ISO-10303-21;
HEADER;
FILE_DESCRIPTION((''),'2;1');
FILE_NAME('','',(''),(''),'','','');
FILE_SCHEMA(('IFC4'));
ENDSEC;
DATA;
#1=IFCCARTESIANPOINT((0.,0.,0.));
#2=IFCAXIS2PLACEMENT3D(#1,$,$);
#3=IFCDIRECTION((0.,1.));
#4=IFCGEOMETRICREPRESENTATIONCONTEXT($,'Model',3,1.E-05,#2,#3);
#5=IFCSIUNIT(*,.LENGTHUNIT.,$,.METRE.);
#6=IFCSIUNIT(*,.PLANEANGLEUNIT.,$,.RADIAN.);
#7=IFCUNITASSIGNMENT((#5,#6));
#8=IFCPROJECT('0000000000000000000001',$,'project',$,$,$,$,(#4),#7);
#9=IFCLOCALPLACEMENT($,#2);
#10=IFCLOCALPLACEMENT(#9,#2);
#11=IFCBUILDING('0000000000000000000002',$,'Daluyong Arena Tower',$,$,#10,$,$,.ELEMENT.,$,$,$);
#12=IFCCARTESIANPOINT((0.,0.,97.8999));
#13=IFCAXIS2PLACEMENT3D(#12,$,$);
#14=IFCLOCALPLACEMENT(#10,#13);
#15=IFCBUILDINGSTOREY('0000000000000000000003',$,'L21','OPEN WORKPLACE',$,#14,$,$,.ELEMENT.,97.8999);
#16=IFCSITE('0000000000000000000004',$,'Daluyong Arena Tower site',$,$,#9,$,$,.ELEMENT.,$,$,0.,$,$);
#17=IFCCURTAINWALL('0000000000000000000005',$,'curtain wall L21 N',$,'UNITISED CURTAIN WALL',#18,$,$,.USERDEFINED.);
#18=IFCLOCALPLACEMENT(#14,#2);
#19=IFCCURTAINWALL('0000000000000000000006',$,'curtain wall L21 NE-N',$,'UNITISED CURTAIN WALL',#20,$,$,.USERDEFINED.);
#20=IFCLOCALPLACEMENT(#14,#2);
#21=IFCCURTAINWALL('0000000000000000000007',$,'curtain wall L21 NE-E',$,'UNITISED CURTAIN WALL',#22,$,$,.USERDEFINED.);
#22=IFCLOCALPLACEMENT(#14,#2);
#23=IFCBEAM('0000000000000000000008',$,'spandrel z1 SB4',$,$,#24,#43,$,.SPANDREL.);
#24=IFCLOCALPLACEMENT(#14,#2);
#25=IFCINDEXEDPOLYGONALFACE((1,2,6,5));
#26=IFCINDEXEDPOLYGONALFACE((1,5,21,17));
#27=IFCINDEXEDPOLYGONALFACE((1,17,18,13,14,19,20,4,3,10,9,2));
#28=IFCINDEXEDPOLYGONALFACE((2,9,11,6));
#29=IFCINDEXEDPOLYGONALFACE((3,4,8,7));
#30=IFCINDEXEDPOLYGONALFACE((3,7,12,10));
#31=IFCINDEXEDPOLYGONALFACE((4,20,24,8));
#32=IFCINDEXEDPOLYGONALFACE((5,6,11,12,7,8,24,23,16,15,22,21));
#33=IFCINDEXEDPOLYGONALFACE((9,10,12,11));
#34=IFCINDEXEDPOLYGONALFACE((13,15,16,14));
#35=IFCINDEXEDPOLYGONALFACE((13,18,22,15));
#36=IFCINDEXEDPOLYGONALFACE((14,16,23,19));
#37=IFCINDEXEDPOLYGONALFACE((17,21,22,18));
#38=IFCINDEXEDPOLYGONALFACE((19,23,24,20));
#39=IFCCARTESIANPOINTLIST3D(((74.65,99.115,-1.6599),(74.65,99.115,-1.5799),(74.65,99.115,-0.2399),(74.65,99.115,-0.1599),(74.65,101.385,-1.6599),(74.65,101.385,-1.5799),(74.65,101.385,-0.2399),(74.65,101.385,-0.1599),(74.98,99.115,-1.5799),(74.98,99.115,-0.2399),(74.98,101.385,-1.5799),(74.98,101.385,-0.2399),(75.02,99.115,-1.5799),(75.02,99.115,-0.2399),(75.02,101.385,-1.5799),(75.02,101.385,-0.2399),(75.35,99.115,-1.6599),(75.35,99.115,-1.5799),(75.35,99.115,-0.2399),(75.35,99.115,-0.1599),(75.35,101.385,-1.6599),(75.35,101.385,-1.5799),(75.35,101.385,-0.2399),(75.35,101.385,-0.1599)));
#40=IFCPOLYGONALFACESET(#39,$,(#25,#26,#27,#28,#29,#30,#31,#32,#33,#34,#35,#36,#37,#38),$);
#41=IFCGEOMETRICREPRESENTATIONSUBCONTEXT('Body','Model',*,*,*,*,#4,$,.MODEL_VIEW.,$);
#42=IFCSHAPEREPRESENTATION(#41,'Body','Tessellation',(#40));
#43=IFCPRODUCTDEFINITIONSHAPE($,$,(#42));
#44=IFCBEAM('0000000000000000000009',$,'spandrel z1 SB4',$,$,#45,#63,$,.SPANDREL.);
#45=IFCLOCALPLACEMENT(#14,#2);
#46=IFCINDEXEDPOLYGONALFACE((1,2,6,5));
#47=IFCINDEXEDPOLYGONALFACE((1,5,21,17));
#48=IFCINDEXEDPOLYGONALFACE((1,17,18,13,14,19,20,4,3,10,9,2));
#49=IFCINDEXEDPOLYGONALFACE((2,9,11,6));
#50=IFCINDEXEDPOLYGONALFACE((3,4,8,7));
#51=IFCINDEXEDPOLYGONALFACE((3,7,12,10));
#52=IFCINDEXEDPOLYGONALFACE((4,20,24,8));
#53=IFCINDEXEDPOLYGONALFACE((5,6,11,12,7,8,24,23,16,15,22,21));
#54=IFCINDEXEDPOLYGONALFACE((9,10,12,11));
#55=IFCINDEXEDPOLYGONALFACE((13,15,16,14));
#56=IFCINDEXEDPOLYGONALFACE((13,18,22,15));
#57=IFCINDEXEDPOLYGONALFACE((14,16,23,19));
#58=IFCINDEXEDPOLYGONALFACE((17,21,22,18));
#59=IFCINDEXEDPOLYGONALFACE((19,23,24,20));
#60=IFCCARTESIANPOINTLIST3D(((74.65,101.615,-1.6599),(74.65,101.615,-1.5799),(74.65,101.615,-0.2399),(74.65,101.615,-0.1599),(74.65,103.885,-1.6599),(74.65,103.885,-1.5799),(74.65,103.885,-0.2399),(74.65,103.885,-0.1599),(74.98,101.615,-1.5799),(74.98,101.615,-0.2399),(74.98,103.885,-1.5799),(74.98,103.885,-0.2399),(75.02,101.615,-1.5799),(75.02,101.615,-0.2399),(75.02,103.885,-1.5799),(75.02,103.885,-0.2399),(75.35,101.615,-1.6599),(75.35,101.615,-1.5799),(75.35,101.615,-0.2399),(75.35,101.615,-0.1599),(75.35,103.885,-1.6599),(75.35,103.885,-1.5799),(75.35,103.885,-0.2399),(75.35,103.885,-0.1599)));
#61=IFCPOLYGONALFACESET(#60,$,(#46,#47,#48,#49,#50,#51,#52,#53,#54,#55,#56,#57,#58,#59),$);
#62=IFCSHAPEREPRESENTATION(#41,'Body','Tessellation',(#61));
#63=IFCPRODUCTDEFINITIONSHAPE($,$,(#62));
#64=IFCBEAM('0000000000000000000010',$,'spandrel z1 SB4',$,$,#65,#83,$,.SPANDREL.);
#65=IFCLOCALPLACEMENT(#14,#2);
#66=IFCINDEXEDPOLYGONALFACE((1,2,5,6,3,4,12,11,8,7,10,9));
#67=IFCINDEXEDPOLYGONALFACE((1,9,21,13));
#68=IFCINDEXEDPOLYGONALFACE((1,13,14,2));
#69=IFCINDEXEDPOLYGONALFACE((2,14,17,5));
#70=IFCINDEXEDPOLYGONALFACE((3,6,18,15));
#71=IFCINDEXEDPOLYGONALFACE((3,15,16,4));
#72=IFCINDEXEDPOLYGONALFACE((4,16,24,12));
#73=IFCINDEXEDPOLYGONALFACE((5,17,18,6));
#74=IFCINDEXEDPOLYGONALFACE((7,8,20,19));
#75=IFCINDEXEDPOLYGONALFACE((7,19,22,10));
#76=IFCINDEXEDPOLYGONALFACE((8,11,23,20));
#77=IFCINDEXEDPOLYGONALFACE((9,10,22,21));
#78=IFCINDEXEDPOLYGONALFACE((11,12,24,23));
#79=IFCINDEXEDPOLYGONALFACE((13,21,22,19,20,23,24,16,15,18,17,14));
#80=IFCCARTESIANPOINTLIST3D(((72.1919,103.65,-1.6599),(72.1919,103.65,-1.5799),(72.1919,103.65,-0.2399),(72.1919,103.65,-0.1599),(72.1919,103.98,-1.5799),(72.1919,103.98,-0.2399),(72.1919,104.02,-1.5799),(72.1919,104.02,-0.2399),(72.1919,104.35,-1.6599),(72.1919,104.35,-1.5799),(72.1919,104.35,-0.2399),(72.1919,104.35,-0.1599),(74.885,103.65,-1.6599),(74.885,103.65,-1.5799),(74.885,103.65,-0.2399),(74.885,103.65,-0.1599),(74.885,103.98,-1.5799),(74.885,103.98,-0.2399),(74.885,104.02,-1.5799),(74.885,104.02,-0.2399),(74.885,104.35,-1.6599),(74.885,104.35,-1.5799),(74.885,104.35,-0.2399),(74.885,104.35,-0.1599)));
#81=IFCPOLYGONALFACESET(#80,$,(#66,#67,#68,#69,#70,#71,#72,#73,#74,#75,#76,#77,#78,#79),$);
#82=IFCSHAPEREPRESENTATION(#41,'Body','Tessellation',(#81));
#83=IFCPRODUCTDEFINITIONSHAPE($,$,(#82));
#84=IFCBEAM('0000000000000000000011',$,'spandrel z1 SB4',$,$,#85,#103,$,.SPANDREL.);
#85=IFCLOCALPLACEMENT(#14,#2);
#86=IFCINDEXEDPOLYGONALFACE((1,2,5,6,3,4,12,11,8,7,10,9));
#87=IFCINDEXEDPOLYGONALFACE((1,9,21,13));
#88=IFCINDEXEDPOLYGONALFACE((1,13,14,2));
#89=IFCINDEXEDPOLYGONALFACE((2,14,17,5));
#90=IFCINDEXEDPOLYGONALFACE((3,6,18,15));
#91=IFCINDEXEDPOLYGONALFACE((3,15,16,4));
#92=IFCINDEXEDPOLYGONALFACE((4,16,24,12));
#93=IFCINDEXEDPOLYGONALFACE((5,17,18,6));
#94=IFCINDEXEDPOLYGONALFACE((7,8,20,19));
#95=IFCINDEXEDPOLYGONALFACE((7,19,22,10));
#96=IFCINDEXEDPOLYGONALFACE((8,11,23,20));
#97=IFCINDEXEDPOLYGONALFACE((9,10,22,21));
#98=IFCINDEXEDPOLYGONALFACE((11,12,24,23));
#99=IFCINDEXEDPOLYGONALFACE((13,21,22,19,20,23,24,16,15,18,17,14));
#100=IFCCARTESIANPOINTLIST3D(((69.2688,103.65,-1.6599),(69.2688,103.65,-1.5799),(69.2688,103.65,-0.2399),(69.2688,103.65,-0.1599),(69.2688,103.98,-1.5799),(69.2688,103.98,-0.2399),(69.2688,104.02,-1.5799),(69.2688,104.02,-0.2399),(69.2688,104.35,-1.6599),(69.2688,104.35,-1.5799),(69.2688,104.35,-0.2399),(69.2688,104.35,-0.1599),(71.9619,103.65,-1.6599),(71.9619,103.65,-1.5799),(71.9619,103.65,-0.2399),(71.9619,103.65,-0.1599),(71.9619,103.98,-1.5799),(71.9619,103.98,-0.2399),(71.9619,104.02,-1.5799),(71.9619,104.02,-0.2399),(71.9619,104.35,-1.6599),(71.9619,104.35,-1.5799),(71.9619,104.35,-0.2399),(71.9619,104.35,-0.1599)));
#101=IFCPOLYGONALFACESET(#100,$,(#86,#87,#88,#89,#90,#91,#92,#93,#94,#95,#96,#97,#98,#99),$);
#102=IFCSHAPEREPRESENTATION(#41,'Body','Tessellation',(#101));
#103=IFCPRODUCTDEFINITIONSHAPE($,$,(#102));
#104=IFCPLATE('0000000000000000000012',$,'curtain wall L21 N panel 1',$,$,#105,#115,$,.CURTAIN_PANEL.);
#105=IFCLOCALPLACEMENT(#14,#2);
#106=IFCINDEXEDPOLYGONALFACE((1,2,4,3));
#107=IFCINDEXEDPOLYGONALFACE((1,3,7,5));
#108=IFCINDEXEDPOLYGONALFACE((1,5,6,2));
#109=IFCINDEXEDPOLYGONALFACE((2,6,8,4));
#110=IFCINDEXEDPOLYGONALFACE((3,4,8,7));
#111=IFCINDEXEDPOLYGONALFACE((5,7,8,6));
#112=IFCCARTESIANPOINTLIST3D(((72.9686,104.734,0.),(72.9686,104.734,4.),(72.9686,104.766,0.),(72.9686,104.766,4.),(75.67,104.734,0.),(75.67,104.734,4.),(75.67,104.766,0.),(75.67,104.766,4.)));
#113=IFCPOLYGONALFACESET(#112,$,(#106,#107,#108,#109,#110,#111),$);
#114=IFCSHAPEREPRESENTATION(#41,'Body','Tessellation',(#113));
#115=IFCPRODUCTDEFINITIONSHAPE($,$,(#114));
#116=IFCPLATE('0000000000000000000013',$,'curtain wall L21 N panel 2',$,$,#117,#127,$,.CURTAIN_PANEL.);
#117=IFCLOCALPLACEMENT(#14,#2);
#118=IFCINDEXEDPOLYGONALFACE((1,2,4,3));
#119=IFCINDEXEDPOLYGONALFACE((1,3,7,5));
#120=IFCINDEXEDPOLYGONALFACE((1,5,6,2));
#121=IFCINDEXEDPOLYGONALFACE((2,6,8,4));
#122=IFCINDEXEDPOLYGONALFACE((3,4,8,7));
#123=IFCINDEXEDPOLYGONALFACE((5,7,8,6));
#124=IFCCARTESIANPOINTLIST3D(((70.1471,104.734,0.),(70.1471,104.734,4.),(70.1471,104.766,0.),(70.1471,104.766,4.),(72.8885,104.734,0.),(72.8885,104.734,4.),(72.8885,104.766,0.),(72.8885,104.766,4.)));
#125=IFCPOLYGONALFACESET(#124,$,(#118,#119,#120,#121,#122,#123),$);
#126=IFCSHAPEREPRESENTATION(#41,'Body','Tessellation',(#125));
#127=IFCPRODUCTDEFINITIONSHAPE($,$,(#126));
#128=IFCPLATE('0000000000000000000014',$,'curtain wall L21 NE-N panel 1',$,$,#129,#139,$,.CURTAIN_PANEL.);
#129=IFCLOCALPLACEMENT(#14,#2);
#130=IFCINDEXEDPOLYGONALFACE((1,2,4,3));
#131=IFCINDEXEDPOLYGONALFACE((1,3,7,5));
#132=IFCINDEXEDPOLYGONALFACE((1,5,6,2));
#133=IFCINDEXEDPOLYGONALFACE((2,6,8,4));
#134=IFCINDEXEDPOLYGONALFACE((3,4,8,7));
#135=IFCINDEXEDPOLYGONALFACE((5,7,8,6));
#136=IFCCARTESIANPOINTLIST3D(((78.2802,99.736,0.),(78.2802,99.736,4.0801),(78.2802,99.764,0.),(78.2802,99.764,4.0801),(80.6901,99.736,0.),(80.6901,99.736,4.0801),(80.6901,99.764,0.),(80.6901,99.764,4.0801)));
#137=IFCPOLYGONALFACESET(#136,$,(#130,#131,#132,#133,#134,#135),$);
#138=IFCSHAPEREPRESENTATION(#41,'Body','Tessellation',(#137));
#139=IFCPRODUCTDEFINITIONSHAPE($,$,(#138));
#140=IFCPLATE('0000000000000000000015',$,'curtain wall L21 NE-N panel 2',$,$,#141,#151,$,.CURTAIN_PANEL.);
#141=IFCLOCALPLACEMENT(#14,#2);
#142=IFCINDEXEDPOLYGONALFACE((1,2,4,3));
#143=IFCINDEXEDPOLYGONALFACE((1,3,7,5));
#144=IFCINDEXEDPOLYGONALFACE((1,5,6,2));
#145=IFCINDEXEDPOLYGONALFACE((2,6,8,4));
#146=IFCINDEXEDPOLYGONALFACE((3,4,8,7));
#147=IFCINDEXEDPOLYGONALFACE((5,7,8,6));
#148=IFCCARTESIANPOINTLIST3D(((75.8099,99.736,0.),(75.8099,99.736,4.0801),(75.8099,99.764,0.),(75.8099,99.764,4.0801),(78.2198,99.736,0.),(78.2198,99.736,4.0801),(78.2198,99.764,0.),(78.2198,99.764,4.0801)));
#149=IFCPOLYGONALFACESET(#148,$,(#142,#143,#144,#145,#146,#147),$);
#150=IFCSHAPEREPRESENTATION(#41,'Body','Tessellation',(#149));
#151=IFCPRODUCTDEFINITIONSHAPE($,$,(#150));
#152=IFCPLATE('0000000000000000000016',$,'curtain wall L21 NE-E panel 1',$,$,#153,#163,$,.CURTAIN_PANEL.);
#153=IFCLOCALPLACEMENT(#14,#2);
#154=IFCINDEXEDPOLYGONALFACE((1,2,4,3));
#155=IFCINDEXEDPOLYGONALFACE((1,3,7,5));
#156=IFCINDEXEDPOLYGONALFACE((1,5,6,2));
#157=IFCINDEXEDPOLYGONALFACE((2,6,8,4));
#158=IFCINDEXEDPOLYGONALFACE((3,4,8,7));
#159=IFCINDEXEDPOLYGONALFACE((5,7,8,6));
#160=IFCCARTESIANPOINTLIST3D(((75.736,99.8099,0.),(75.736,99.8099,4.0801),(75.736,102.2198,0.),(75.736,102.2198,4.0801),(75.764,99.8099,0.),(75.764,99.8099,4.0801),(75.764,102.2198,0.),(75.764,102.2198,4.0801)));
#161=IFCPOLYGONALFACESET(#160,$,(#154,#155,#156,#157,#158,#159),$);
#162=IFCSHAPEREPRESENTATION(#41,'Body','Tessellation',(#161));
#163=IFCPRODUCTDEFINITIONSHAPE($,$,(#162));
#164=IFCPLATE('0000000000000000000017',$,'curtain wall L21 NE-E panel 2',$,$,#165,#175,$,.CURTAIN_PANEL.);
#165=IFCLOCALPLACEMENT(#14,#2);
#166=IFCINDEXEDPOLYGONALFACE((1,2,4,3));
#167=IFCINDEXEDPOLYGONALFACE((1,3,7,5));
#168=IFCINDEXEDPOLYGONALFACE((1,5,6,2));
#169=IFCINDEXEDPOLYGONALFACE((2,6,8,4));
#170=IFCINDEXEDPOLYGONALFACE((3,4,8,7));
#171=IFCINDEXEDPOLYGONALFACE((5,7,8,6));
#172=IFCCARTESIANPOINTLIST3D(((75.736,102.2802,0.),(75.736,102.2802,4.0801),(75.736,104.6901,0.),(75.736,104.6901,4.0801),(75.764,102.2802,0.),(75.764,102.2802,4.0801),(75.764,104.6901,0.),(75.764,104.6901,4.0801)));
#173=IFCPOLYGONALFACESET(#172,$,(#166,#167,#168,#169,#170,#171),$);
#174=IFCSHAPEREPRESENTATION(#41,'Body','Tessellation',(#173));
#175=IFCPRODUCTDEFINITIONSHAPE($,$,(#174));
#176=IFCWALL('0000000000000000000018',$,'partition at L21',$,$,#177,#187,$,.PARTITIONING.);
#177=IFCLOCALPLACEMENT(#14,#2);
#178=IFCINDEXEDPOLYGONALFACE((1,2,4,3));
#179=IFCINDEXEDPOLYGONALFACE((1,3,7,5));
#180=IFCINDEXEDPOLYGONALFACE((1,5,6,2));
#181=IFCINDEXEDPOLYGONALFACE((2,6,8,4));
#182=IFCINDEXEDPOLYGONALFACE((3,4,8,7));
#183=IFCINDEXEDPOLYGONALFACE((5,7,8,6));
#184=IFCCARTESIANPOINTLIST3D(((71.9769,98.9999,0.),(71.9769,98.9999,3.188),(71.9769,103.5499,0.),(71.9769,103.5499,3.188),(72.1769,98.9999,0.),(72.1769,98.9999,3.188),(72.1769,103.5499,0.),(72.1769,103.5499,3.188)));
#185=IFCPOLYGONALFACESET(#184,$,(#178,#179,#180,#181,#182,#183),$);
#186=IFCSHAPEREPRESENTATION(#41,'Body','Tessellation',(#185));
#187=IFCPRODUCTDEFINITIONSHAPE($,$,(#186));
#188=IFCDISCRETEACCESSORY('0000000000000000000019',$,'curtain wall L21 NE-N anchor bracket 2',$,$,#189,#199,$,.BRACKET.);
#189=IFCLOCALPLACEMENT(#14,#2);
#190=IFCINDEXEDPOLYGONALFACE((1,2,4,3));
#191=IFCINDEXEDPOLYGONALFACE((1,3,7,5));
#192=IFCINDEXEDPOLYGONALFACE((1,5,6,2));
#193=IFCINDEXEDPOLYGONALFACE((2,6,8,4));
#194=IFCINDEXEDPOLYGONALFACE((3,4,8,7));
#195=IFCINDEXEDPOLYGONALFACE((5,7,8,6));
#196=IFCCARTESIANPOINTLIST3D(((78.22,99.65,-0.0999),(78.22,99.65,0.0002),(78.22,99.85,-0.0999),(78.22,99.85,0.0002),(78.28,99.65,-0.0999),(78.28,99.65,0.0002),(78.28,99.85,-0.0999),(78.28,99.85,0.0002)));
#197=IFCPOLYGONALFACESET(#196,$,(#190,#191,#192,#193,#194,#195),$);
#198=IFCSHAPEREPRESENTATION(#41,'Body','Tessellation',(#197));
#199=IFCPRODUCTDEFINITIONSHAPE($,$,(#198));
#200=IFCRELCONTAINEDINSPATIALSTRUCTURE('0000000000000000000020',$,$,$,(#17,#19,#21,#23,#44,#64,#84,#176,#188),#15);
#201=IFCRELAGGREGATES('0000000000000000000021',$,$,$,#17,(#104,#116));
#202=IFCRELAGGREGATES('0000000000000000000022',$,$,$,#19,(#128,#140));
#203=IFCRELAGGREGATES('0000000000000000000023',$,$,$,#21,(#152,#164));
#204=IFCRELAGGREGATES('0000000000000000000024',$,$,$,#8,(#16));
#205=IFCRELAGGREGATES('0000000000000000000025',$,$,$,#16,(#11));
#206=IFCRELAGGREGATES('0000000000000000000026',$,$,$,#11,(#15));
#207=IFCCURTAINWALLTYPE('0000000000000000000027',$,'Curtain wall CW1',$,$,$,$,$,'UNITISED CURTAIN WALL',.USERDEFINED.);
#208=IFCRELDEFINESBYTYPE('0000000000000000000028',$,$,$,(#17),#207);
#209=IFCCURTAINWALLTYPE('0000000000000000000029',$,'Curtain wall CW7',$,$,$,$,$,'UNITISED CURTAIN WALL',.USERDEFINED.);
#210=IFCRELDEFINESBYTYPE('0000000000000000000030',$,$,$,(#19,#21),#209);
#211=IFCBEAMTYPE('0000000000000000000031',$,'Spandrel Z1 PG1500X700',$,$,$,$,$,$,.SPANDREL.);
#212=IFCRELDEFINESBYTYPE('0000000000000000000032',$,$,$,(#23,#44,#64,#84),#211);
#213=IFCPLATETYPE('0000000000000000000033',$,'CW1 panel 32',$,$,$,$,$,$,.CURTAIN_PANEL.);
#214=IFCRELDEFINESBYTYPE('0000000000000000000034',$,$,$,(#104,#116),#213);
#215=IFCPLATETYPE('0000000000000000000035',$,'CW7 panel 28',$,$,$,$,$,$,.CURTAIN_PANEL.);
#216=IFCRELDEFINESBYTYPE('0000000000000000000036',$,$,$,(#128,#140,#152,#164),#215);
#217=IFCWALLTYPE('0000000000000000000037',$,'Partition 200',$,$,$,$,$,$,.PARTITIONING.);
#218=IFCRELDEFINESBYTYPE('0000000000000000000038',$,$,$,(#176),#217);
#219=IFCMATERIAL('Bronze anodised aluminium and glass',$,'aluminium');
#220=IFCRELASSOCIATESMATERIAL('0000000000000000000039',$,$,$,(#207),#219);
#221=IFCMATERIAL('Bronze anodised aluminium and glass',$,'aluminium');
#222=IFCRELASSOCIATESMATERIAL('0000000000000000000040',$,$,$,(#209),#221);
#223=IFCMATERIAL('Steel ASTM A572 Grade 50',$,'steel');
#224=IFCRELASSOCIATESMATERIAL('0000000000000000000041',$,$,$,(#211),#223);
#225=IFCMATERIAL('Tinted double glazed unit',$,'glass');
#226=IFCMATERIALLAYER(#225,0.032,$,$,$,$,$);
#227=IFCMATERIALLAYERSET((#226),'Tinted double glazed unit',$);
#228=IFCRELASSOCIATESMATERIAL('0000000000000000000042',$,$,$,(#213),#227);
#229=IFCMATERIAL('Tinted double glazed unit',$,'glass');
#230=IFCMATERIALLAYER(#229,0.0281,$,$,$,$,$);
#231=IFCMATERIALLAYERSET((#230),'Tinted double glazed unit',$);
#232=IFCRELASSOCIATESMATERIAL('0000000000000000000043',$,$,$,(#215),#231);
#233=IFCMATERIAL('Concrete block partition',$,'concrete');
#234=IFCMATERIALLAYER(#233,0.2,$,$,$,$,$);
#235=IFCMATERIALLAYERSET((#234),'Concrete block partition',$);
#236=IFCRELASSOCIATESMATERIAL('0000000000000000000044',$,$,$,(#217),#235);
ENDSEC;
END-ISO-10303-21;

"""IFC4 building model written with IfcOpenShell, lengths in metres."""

from ifc_helpers import new_model, si_unit, direction, frame, frame_2d, origin, origin_2d, place, context, subcontext, project, spatial, rectangle, i_section, extrude, material, layer, layer_set, material_profile, profile_set, type_object, element, aggregate, save


model = new_model("IFC4")

# Units and contexts
model_context = context("Model", 3, precision=1e-05, world=origin(), true_north=direction((0.0, 1.0)))
body_context = subcontext(model_context, "Body", "Model", "MODEL_VIEW")
ifc_project = project(units=[si_unit("LENGTHUNIT", "METRE"), si_unit("PLANEANGLEUNIT", "RADIAN")], contexts=[model_context])

# Site, building, storey
site_placement = place(None, origin())
site = spatial("IfcSite", under=ifc_project, at=site_placement, Name="Daluyong Arena Tower site", CompositionType="ELEMENT", RefElevation=0.0)
building_placement = place(site_placement, origin())
building = spatial("IfcBuilding", under=site, at=building_placement, Name="Daluyong Arena Tower", CompositionType="ELEMENT")
storey_placement = place(building_placement, frame((0.0, 0.0, 97.8999)))
storey = spatial("IfcBuildingStorey", under=building, at=storey_placement, Name="L21", Description="OPEN WORKPLACE", CompositionType="ELEMENT", Elevation=97.8999)

# Shared definitions
ifc_material_1 = material(Name="Bronze anodised aluminium and glass", Category="aluminium")
curtain_wall_type_1 = type_object("IfcCurtainWallType", Name="Curtain wall CW1", ElementType="UNITISED CURTAIN WALL", PredefinedType="USERDEFINED", material=ifc_material_1)

# Curtain walls
curtain_wall_1_placement = place(storey_placement, origin())
curtain_wall_1 = element("IfcCurtainWall", 1, at=curtain_wall_1_placement, inside=storey, type_object=curtain_wall_type_1, Name="curtain wall L21 N", ObjectType="UNITISED CURTAIN WALL", PredefinedType="USERDEFINED")
ifc_material_2 = material(Name="Bronze anodised aluminium and glass", Category="aluminium")
curtain_wall_type_2 = type_object("IfcCurtainWallType", Name="Curtain wall CW7", ElementType="UNITISED CURTAIN WALL", PredefinedType="USERDEFINED", material=ifc_material_2)
curtain_wall_2_placement = place(storey_placement, origin())
curtain_wall_2 = element("IfcCurtainWall", 2, at=curtain_wall_2_placement, inside=storey, type_object=curtain_wall_type_2, Name="curtain wall L21 NE-N", ObjectType="UNITISED CURTAIN WALL", PredefinedType="USERDEFINED")
curtain_wall_3_placement = place(storey_placement, origin())
curtain_wall_3 = element("IfcCurtainWall", 3, at=curtain_wall_3_placement, inside=storey, type_object=curtain_wall_type_2, Name="curtain wall L21 NE-E", ObjectType="UNITISED CURTAIN WALL", PredefinedType="USERDEFINED")

# Beams
ifc_material_3 = material(Name="Steel ASTM A572 Grade 50", Category="steel")
ifc_material_profile_1 = material_profile(ifc_material_3, i_section(OverallWidth=0.7, OverallDepth=1.5, WebThickness=0.04, FlangeThickness=0.08, at=origin_2d()))
ifc_profile_set_1 = profile_set([ifc_material_profile_1], Name="Steel ASTM A572 Grade 50")
beam_type_1 = type_object("IfcBeamType", Name="Spandrel Z1 PG1500X700", PredefinedType="SPANDREL", material=ifc_profile_set_1)
for number, where, z_axis, x_axis, name in (
    (4, (75.0, 99.115, -0.9099), (0.0, 1.0, 0.0), (-1.0, 0.0, 0.0), "spandrel z1 SB4"),
    (5, (75.0, 101.615, -0.9099), (0.0, 1.0, 0.0), (-1.0, 0.0, 0.0), "spandrel z1 SB4"),
):
    element("IfcBeam", number, at=place(storey_placement, frame(where, z_axis=z_axis, x_axis=x_axis)), inside=storey, type_object=beam_type_1, Name=name, PredefinedType="SPANDREL", context=body_context, shape_type="SweptSolid", body=[
        extrude(i_section(OverallWidth=0.7, OverallDepth=1.5, WebThickness=0.04, FlangeThickness=0.08, at=origin_2d()), origin(), (0.0, 0.0, 1.0), 2.27),
    ])
for number, where, z_axis, x_axis, name in (
    (6, (74.885, 104.0, -0.9099), (-1.0, 0.0, 0.0), (0.0, -1.0, 0.0), "spandrel z1 SB4"),
    (7, (71.9619, 104.0, -0.9099), (-1.0, 0.0, 0.0), (0.0, -1.0, 0.0), "spandrel z1 SB4"),
):
    element("IfcBeam", number, at=place(storey_placement, frame(where, z_axis=z_axis, x_axis=x_axis)), inside=storey, type_object=beam_type_1, Name=name, PredefinedType="SPANDREL", context=body_context, shape_type="SweptSolid", body=[
        extrude(i_section(OverallWidth=0.7, OverallDepth=1.5, WebThickness=0.04, FlangeThickness=0.08, at=origin_2d()), origin(), (0.0, 0.0, 1.0), 2.6931),
    ])

# Plates
ifc_material_4 = material(Name="Tinted double glazed unit", Category="glass")
ifc_layer_1 = layer(ifc_material_4, 0.032)
ifc_layer_set_1 = layer_set([ifc_layer_1], Name="Tinted double glazed unit")
plate_type_1 = type_object("IfcPlateType", Name="CW1 panel 32", PredefinedType="CURTAIN_PANEL", material=ifc_layer_set_1)
plate_1_placement = place(storey_placement, frame((74.3193, 104.75, 0.0), z_axis=(0.0, 0.0, 1.0), x_axis=(-1.0, 0.0, 0.0)))
plate_1 = element("IfcPlate", 8, at=plate_1_placement, type_object=plate_type_1, Name="curtain wall L21 N panel 1", PredefinedType="CURTAIN_PANEL", context=body_context, shape_type="SweptSolid", body=[
    extrude(rectangle(XDim=2.7014, YDim=0.032, at=origin_2d()), origin(), (0.0, 0.0, 1.0), 4.0),
])
plate_2_placement = place(storey_placement, frame((71.5178, 104.75, 0.0), z_axis=(0.0, 0.0, 1.0), x_axis=(-1.0, 0.0, 0.0)))
plate_2 = element("IfcPlate", 9, at=plate_2_placement, type_object=plate_type_1, Name="curtain wall L21 N panel 2", PredefinedType="CURTAIN_PANEL", context=body_context, shape_type="SweptSolid", body=[
    extrude(rectangle(XDim=2.7415, YDim=0.032, at=origin_2d()), origin(), (0.0, 0.0, 1.0), 4.0),
])
aggregate(curtain_wall_1, [plate_1, plate_2])
ifc_material_5 = material(Name="Tinted double glazed unit", Category="glass")
ifc_layer_2 = layer(ifc_material_5, 0.0281)
ifc_layer_set_2 = layer_set([ifc_layer_2], Name="Tinted double glazed unit")
plate_type_2 = type_object("IfcPlateType", Name="CW7 panel 28", PredefinedType="CURTAIN_PANEL", material=ifc_layer_set_2)
plate_3_placement = place(storey_placement, frame((79.4851, 99.75, 0.0), z_axis=(0.0, 0.0, 1.0), x_axis=(-1.0, 0.0, 0.0)))
plate_3 = element("IfcPlate", 10, at=plate_3_placement, type_object=plate_type_2, Name="curtain wall L21 NE-N panel 1", PredefinedType="CURTAIN_PANEL", context=body_context, shape_type="SweptSolid", body=[
    extrude(rectangle(XDim=2.4099, YDim=0.0281, at=origin_2d()), origin(), (0.0, 0.0, 1.0), 4.0801),
])
plate_4_placement = place(storey_placement, frame((77.0149, 99.75, 0.0), z_axis=(0.0, 0.0, 1.0), x_axis=(-1.0, 0.0, 0.0)))
plate_4 = element("IfcPlate", 11, at=plate_4_placement, type_object=plate_type_2, Name="curtain wall L21 NE-N panel 2", PredefinedType="CURTAIN_PANEL", context=body_context, shape_type="SweptSolid", body=[
    extrude(rectangle(XDim=2.4099, YDim=0.0281, at=origin_2d()), origin(), (0.0, 0.0, 1.0), 4.0801),
])
aggregate(curtain_wall_2, [plate_3, plate_4])
plate_5_placement = place(storey_placement, frame((75.75, 101.0149, 0.0), z_axis=(0.0, 0.0, 1.0), x_axis=(0.0, 1.0, 0.0)))
plate_5 = element("IfcPlate", 12, at=plate_5_placement, type_object=plate_type_2, Name="curtain wall L21 NE-E panel 1", PredefinedType="CURTAIN_PANEL", context=body_context, shape_type="SweptSolid", body=[
    extrude(rectangle(XDim=2.4099, YDim=0.0281, at=origin_2d()), origin(), (0.0, 0.0, 1.0), 4.0801),
])
plate_6_placement = place(storey_placement, frame((75.75, 103.4851, 0.0), z_axis=(0.0, 0.0, 1.0), x_axis=(0.0, 1.0, 0.0)))
plate_6 = element("IfcPlate", 13, at=plate_6_placement, type_object=plate_type_2, Name="curtain wall L21 NE-E panel 2", PredefinedType="CURTAIN_PANEL", context=body_context, shape_type="SweptSolid", body=[
    extrude(rectangle(XDim=2.4099, YDim=0.0281, at=origin_2d()), origin(), (0.0, 0.0, 1.0), 4.0801),
])
aggregate(curtain_wall_3, [plate_5, plate_6])

# Wall
ifc_material_6 = material(Name="Concrete block partition", Category="concrete")
ifc_layer_3 = layer(ifc_material_6, 0.2)
ifc_layer_set_3 = layer_set([ifc_layer_3], Name="Concrete block partition")
wall_type = type_object("IfcWallType", Name="Partition 200", PredefinedType="PARTITIONING", material=ifc_layer_set_3)
wall_placement = place(storey_placement, frame((72.0769, 99.0, 0.0), z_axis=(0.0, 0.0, 1.0), x_axis=(0.0, 1.0, 0.0)))
element("IfcWall", 14, at=wall_placement, inside=storey, type_object=wall_type, Name="partition at L21", PredefinedType="PARTITIONING", context=body_context, shape_type="SweptSolid", body=[
    extrude(rectangle(XDim=4.55, YDim=0.2, at=frame_2d((2.2749, 0.0))), origin(), (0.0, 0.0, 1.0), 3.188),
])

# Discrete accessory
for number, where, z_axis, x_axis, name in (
    (15, (78.25, 99.75, -0.0999), (0.0, 0.0, 1.0), (-1.0, 0.0, 0.0), "curtain wall L21 NE-N anchor bracket 2"),
):
    element("IfcDiscreteAccessory", number, at=place(storey_placement, frame(where, z_axis=z_axis, x_axis=x_axis)), inside=storey, Name=name, PredefinedType="BRACKET", context=body_context, shape_type="SweptSolid", body=[
        extrude(rectangle(XDim=0.0601, YDim=0.2, at=origin_2d()), origin(), (0.0, 0.0, 1.0), 0.1001),
    ])

save(model, "model.ifc")
